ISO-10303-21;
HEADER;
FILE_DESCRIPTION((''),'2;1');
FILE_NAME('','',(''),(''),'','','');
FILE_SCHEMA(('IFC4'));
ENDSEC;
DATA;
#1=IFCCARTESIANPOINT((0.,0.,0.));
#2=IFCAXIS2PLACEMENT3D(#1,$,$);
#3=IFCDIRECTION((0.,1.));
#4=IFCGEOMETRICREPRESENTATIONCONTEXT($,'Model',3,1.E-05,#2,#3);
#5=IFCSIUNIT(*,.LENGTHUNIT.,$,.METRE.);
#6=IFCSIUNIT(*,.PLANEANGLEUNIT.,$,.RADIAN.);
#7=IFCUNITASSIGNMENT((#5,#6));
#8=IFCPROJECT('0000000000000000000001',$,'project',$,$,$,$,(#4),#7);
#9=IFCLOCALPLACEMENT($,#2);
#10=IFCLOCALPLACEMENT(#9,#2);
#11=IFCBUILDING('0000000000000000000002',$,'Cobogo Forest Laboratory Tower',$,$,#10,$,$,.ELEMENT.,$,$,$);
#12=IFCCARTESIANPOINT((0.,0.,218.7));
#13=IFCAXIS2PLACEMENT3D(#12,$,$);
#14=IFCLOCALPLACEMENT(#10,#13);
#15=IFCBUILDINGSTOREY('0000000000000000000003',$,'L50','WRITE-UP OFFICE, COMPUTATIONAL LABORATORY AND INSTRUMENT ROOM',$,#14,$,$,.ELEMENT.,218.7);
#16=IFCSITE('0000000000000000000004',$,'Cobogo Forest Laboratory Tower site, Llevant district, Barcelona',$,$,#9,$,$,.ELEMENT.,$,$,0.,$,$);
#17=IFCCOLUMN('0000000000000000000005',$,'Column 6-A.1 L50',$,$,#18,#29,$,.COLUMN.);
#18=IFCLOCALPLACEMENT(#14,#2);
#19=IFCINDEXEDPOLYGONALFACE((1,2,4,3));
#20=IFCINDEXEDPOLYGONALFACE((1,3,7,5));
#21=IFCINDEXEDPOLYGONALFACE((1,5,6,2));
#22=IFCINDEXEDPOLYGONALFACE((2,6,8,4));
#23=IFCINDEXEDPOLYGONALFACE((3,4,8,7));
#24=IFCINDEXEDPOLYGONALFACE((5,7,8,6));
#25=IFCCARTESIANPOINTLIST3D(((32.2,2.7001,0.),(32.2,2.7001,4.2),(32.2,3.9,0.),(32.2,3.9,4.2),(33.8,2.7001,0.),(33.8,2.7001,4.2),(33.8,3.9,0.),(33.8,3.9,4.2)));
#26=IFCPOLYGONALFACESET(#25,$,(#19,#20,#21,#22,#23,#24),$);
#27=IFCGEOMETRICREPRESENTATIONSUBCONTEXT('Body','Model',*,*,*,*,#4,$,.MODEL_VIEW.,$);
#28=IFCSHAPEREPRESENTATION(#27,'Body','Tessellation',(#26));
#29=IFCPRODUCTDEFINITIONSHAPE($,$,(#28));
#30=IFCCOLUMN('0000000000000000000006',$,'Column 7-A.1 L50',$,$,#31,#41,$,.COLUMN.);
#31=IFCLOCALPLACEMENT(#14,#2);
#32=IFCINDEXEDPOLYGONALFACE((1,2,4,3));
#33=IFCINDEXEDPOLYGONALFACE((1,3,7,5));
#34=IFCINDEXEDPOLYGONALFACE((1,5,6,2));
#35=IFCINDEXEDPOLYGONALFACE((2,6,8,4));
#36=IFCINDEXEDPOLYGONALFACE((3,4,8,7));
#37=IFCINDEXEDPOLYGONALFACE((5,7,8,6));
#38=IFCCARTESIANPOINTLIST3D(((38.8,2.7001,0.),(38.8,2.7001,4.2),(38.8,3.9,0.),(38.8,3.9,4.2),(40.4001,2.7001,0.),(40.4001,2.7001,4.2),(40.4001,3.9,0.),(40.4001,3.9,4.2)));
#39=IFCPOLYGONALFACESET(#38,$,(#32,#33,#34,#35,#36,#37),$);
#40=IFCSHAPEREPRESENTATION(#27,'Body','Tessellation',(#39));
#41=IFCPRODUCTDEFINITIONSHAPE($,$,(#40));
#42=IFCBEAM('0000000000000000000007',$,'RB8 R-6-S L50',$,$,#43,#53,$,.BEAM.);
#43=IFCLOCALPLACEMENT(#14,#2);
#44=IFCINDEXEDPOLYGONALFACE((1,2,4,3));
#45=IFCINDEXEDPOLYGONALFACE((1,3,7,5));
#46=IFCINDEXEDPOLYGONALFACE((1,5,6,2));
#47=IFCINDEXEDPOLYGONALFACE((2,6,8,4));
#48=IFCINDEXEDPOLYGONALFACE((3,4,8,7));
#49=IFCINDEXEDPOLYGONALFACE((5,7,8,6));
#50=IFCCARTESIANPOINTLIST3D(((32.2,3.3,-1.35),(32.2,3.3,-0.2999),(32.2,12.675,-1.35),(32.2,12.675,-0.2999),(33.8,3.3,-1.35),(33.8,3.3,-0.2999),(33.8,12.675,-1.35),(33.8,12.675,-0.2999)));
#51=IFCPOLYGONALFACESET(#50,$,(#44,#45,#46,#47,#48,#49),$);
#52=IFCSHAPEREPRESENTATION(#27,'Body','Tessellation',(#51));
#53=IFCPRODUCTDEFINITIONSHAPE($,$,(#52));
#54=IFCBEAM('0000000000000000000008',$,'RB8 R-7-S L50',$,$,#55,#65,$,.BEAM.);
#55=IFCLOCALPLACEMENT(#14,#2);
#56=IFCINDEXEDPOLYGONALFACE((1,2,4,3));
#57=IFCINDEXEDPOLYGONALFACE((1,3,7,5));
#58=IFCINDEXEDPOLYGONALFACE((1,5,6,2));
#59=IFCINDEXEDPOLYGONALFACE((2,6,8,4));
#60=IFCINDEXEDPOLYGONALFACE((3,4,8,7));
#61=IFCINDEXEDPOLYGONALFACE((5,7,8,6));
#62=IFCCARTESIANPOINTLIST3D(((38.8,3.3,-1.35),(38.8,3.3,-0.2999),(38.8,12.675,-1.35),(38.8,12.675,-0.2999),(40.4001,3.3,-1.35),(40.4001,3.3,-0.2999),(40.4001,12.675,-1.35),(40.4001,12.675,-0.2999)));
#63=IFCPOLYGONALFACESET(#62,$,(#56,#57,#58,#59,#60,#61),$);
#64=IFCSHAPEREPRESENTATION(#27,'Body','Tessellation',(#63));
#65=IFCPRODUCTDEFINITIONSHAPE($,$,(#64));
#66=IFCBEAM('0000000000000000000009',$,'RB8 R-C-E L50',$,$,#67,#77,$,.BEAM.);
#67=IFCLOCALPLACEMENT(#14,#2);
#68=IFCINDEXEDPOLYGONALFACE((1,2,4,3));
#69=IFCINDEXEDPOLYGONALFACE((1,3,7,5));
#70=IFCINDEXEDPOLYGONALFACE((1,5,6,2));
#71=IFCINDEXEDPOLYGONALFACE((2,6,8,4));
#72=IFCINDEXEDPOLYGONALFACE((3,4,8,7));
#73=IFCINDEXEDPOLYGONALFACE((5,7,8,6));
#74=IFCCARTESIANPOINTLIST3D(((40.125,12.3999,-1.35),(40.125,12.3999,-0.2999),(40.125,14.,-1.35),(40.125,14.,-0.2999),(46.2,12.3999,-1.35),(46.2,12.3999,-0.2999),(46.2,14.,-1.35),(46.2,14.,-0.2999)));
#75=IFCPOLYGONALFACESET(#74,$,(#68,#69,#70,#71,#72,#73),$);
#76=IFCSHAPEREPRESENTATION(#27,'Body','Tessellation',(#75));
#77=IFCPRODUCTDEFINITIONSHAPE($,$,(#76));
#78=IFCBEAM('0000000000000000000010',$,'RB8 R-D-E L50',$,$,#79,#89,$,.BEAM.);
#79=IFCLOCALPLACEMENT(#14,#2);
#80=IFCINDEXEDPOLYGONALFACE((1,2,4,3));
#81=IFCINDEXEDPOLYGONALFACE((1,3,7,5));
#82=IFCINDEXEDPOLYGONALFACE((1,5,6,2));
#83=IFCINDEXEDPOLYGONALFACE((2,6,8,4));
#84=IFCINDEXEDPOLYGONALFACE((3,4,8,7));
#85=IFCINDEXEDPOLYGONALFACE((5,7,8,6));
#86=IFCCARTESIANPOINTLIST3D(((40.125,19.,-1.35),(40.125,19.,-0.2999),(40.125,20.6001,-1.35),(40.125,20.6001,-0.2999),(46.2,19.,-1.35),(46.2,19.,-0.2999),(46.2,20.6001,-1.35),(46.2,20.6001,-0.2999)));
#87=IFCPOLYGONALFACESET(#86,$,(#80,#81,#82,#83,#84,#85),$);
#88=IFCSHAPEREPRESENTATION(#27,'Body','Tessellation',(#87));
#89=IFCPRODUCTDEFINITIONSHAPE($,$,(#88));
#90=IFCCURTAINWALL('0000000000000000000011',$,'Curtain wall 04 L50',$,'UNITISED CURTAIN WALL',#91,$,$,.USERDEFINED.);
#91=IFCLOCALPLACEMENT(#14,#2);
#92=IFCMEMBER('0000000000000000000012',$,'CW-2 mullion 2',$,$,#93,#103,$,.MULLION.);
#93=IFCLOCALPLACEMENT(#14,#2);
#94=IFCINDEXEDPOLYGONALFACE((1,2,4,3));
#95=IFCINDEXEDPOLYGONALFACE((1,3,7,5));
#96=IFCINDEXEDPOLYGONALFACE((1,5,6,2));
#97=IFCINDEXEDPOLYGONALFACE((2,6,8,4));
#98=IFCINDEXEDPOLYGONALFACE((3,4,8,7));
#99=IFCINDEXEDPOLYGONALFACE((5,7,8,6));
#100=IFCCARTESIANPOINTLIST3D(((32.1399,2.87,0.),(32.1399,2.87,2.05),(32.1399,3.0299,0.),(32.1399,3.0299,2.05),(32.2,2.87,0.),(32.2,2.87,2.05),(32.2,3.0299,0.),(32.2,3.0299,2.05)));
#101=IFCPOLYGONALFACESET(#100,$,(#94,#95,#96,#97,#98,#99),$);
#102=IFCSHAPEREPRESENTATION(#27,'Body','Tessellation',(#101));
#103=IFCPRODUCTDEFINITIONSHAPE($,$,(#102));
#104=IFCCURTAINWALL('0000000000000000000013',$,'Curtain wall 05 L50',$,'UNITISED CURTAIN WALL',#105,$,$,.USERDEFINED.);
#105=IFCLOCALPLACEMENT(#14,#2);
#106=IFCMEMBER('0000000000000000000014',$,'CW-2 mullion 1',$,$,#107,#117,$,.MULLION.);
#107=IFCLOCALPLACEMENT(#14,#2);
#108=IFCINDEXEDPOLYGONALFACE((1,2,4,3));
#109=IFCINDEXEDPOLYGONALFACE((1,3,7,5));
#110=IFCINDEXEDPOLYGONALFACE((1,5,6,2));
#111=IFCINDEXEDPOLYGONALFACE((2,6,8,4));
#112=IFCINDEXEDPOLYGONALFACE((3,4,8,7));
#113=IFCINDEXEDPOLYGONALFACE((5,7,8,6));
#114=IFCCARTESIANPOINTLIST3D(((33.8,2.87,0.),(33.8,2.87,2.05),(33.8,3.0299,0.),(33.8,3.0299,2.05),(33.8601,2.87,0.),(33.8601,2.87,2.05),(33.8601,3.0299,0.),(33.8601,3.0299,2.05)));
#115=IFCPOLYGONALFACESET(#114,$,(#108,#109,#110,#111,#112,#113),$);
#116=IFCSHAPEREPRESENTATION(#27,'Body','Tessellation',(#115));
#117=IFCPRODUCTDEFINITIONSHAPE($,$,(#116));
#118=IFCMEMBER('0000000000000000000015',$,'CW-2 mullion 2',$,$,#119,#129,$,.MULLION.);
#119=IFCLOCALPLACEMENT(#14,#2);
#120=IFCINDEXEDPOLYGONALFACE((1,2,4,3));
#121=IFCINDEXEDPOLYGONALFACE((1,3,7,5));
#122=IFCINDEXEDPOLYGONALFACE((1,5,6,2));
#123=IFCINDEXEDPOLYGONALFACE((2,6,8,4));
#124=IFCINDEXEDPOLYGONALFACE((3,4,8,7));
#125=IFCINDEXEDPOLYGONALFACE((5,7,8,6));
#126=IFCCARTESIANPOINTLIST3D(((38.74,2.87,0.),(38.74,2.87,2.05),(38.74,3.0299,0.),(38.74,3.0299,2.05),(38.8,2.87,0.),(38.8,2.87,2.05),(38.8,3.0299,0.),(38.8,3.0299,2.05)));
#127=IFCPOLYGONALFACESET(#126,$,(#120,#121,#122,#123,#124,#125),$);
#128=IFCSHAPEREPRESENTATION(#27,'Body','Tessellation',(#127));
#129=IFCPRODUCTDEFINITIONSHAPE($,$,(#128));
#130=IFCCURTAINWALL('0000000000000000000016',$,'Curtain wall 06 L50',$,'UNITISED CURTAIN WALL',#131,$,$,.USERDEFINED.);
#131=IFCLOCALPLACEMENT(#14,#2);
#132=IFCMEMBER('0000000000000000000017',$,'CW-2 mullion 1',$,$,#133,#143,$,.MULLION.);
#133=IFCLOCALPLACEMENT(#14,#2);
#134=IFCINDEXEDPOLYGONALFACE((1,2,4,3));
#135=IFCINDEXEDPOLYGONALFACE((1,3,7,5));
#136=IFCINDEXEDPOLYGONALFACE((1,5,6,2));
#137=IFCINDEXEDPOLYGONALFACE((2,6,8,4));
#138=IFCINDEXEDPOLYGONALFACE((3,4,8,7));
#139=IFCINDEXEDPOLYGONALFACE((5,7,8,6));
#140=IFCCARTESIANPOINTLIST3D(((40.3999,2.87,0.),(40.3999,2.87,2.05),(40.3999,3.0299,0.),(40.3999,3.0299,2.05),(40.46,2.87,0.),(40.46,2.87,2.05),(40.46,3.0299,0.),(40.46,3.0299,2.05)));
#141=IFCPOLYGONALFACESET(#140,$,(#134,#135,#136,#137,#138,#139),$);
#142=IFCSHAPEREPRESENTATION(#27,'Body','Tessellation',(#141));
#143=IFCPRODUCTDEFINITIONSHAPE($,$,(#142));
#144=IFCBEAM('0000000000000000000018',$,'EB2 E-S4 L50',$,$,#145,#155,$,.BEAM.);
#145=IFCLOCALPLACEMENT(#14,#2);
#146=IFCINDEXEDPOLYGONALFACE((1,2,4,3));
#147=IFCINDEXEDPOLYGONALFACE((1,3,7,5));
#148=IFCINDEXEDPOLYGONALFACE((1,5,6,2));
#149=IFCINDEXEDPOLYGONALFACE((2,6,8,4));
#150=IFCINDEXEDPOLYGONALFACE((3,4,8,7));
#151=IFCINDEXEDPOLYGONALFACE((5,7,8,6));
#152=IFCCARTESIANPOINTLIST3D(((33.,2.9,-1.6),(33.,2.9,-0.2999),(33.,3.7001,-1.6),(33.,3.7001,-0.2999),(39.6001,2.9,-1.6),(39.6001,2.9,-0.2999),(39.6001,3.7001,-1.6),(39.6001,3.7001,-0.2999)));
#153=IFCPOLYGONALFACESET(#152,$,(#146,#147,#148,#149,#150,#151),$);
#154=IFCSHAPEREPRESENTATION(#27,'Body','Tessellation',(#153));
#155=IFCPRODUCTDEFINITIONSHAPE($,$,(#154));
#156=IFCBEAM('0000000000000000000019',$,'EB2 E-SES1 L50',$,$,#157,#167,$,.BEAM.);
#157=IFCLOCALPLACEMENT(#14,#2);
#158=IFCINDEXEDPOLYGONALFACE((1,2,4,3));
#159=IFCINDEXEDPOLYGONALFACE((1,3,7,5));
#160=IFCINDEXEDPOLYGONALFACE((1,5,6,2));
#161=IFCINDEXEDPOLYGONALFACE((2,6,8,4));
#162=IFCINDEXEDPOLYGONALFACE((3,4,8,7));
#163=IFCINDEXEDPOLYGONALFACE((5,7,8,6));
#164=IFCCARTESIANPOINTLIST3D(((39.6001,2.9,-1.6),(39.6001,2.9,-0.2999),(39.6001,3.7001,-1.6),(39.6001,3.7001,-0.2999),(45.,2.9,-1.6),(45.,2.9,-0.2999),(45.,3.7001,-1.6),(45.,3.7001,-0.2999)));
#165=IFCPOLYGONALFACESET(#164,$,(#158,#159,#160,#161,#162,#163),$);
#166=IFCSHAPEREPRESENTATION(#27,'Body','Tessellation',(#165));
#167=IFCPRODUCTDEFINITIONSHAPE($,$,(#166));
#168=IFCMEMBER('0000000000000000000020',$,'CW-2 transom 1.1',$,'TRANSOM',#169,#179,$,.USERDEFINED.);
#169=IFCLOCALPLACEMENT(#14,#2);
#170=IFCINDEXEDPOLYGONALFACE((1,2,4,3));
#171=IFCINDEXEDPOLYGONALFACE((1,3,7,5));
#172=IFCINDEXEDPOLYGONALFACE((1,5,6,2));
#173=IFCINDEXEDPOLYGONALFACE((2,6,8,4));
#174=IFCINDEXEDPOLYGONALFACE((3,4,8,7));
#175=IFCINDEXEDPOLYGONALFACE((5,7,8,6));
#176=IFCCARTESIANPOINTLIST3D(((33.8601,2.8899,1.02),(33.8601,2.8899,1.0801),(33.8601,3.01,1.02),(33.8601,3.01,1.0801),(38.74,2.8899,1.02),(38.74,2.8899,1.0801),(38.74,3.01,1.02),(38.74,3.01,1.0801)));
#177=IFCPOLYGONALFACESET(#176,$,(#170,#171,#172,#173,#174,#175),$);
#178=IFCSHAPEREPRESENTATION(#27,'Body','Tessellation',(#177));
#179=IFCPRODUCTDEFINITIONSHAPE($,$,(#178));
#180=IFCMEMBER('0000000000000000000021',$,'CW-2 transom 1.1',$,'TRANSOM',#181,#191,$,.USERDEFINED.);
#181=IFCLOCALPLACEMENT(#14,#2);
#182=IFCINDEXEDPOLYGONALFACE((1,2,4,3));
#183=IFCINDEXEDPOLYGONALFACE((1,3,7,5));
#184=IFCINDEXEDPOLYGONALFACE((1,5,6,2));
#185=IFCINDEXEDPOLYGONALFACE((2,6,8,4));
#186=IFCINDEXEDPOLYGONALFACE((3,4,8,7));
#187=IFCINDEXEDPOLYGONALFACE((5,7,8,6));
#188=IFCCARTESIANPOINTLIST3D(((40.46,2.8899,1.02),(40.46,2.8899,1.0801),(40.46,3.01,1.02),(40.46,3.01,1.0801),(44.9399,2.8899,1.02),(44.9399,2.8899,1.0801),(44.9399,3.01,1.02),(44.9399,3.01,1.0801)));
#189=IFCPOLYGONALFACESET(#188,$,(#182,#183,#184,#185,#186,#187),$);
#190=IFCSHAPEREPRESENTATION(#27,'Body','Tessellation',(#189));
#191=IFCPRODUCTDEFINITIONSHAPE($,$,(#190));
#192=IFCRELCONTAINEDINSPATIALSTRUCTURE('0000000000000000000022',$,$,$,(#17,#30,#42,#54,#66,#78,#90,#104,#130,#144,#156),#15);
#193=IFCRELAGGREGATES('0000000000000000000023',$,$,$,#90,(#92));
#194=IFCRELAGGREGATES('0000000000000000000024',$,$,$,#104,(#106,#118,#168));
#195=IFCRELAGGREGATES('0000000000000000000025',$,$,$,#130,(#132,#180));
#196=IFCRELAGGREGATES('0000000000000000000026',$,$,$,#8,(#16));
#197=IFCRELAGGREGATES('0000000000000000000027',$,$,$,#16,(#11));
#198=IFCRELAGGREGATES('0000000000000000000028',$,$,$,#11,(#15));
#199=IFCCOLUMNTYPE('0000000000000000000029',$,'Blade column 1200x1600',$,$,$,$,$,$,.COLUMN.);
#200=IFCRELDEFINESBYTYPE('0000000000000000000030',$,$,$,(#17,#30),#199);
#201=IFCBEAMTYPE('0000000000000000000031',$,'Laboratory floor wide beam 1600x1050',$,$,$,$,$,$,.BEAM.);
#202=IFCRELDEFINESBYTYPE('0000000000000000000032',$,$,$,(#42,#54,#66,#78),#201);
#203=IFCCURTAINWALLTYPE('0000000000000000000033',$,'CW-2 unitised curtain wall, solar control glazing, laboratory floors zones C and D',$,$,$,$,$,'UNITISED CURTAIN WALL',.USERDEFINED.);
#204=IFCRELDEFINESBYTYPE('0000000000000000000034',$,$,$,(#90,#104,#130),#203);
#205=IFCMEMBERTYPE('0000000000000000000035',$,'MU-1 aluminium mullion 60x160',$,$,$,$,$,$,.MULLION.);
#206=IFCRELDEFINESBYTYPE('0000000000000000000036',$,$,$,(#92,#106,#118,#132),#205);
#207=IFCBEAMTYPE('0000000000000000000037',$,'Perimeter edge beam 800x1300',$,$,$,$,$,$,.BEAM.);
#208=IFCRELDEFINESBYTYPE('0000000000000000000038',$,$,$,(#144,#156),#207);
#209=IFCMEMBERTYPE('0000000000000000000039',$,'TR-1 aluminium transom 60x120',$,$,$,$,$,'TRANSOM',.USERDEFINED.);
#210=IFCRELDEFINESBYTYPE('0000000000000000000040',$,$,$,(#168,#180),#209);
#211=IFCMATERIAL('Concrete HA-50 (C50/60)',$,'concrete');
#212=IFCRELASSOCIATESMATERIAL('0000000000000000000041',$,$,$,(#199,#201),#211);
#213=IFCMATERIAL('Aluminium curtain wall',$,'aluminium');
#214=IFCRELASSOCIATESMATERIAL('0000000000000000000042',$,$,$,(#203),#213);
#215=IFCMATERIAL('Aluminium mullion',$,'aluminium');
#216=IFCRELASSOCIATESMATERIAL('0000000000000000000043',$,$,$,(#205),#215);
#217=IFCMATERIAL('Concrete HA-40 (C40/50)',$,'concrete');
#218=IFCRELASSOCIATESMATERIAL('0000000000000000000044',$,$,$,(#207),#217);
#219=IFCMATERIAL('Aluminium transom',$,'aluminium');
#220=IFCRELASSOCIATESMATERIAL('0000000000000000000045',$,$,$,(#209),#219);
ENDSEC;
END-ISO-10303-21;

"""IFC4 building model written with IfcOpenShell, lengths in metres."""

from ifc_helpers import new_model, si_unit, direction, frame, origin, origin_2d, place, context, subcontext, project, spatial, rectangle, extrude, material, material_profile, profile_set, type_object, element, aggregate, save


model = new_model("IFC4")

# Units and contexts
model_context = context("Model", 3, precision=1e-05, world=origin(), true_north=direction((0.0, 1.0)))
body_context = subcontext(model_context, "Body", "Model", "MODEL_VIEW")
ifc_project = project(units=[si_unit("LENGTHUNIT", "METRE"), si_unit("PLANEANGLEUNIT", "RADIAN")], contexts=[model_context])

# Site, building, storey
site_placement = place(None, origin())
site = spatial("IfcSite", under=ifc_project, at=site_placement, Name="Cobogo Forest Laboratory Tower site, Llevant district, Barcelona", CompositionType="ELEMENT", RefElevation=0.0)
building_placement = place(site_placement, origin())
building = spatial("IfcBuilding", under=site, at=building_placement, Name="Cobogo Forest Laboratory Tower", CompositionType="ELEMENT")
storey_placement = place(building_placement, frame((0.0, 0.0, 218.7)))
storey = spatial("IfcBuildingStorey", under=building, at=storey_placement, Name="L50", Description="WRITE-UP OFFICE, COMPUTATIONAL LABORATORY AND INSTRUMENT ROOM", CompositionType="ELEMENT", Elevation=218.7)

# Columns
ifc_material_1 = material(Name="Concrete HA-50 (C50/60)", Category="concrete")
ifc_material_profile_1 = material_profile(ifc_material_1, rectangle(XDim=1.6001, YDim=1.2, at=origin_2d()), Name="RC 1200x1600")
ifc_profile_set_1 = profile_set([ifc_material_profile_1], Name="Concrete HA-50 (C50/60)")
column_type = type_object("IfcColumnType", Name="Blade column 1200x1600", PredefinedType="COLUMN", material=ifc_profile_set_1)
for number, where, z_axis, x_axis, name in (
    (1, (33.0, 3.3, 0.0), (0.0, 0.0, 1.0), (1.0, 0.0, 0.0), "Column 6-A.1 L50"),
    (2, (39.6001, 3.3, 0.0), (0.0, 0.0, 1.0), (1.0, 0.0, 0.0), "Column 7-A.1 L50"),
):
    element("IfcColumn", number, at=place(storey_placement, frame(where, z_axis=z_axis, x_axis=x_axis)), inside=storey, type_object=column_type, Name=name, PredefinedType="COLUMN", context=body_context, shape_type="SweptSolid", body=[
        extrude(rectangle(XDim=1.6001, YDim=1.2, at=origin_2d()), origin(), (0.0, 0.0, 1.0), 4.2),
    ])

# Beams
ifc_material_profile_2 = material_profile(ifc_material_1, rectangle(XDim=1.6001, YDim=1.05, at=origin_2d()), Name="RC 1600x1050")
ifc_profile_set_2 = profile_set([ifc_material_profile_2], Name="Concrete HA-50 (C50/60)")
beam_type_1 = type_object("IfcBeamType", Name="Laboratory floor wide beam 1600x1050", PredefinedType="BEAM", material=ifc_profile_set_2)
for number, where, z_axis, x_axis, name in (
    (3, (33.0, 12.675, -0.825), (0.0, -1.0, 0.0), (1.0, 0.0, 0.0), "RB8 R-6-S L50"),
    (4, (39.6001, 12.675, -0.825), (0.0, -1.0, 0.0), (1.0, 0.0, 0.0), "RB8 R-7-S L50"),
):
    element("IfcBeam", number, at=place(storey_placement, frame(where, z_axis=z_axis, x_axis=x_axis)), inside=storey, type_object=beam_type_1, Name=name, PredefinedType="BEAM", context=body_context, shape_type="SweptSolid", body=[
        extrude(rectangle(XDim=1.6001, YDim=1.05, at=origin_2d()), origin(), (0.0, 0.0, 1.0), 9.375),
    ])
for number, where, z_axis, x_axis, name in (
    (5, (40.125, 13.2, -0.825), (1.0, 0.0, 0.0), (0.0, 1.0, 0.0), "RB8 R-C-E L50"),
    (6, (40.125, 19.8, -0.825), (1.0, 0.0, 0.0), (0.0, 1.0, 0.0), "RB8 R-D-E L50"),
):
    element("IfcBeam", number, at=place(storey_placement, frame(where, z_axis=z_axis, x_axis=x_axis)), inside=storey, type_object=beam_type_1, Name=name, PredefinedType="BEAM", context=body_context, shape_type="SweptSolid", body=[
        extrude(rectangle(XDim=1.6001, YDim=1.05, at=origin_2d()), origin(), (0.0, 0.0, 1.0), 6.075),
    ])

# Curtain wall, member
ifc_material_2 = material(Name="Aluminium curtain wall", Category="aluminium")
curtain_wall_type = type_object("IfcCurtainWallType", Name="CW-2 unitised curtain wall, solar control glazing, laboratory floors zones C and D", ElementType="UNITISED CURTAIN WALL", PredefinedType="USERDEFINED", material=ifc_material_2)
curtain_wall_1_placement = place(storey_placement, origin())
curtain_wall_1 = element("IfcCurtainWall", 7, at=curtain_wall_1_placement, inside=storey, type_object=curtain_wall_type, Name="Curtain wall 04 L50", ObjectType="UNITISED CURTAIN WALL", PredefinedType="USERDEFINED")
ifc_material_3 = material(Name="Aluminium mullion", Category="aluminium")
ifc_material_profile_3 = material_profile(ifc_material_3, rectangle(XDim=0.0601, YDim=0.1599, at=origin_2d()), Name="AL 60x160")
ifc_profile_set_3 = profile_set([ifc_material_profile_3], Name="Aluminium mullion")
member_type_1 = type_object("IfcMemberType", Name="MU-1 aluminium mullion 60x160", PredefinedType="MULLION", material=ifc_profile_set_3)
member_1_placement = place(storey_placement, frame((32.1699, 2.95, 0.0), z_axis=(0.0, 0.0, 1.0), x_axis=(1.0, 0.0, 0.0)))
member_1 = element("IfcMember", 8, at=member_1_placement, type_object=member_type_1, Name="CW-2 mullion 2", PredefinedType="MULLION", context=body_context, shape_type="SweptSolid", body=[
    extrude(rectangle(XDim=0.0601, YDim=0.1599, at=origin_2d()), origin(), (0.0, 0.0, 1.0), 2.05),
])

# Curtain wall, members
curtain_wall_2_placement = place(storey_placement, origin())
curtain_wall_2 = element("IfcCurtainWall", 9, at=curtain_wall_2_placement, inside=storey, type_object=curtain_wall_type, Name="Curtain wall 05 L50", ObjectType="UNITISED CURTAIN WALL", PredefinedType="USERDEFINED")
member_2_placement = place(storey_placement, frame((33.8301, 2.95, 0.0), z_axis=(0.0, 0.0, 1.0), x_axis=(1.0, 0.0, 0.0)))
member_2 = element("IfcMember", 10, at=member_2_placement, type_object=member_type_1, Name="CW-2 mullion 1", PredefinedType="MULLION", context=body_context, shape_type="SweptSolid", body=[
    extrude(rectangle(XDim=0.0601, YDim=0.1599, at=origin_2d()), origin(), (0.0, 0.0, 1.0), 2.05),
])
member_3_placement = place(storey_placement, frame((38.77, 2.95, 0.0), z_axis=(0.0, 0.0, 1.0), x_axis=(1.0, 0.0, 0.0)))
member_3 = element("IfcMember", 11, at=member_3_placement, type_object=member_type_1, Name="CW-2 mullion 2", PredefinedType="MULLION", context=body_context, shape_type="SweptSolid", body=[
    extrude(rectangle(XDim=0.0601, YDim=0.1599, at=origin_2d()), origin(), (0.0, 0.0, 1.0), 2.05),
])

# Curtain wall, member
curtain_wall_3_placement = place(storey_placement, origin())
curtain_wall_3 = element("IfcCurtainWall", 12, at=curtain_wall_3_placement, inside=storey, type_object=curtain_wall_type, Name="Curtain wall 06 L50", ObjectType="UNITISED CURTAIN WALL", PredefinedType="USERDEFINED")
member_4_placement = place(storey_placement, frame((40.4299, 2.95, 0.0), z_axis=(0.0, 0.0, 1.0), x_axis=(1.0, 0.0, 0.0)))
member_4 = element("IfcMember", 13, at=member_4_placement, type_object=member_type_1, Name="CW-2 mullion 1", PredefinedType="MULLION", context=body_context, shape_type="SweptSolid", body=[
    extrude(rectangle(XDim=0.0601, YDim=0.1599, at=origin_2d()), origin(), (0.0, 0.0, 1.0), 2.05),
])

# Beams
ifc_material_4 = material(Name="Concrete HA-40 (C40/50)", Category="concrete")
ifc_material_profile_4 = material_profile(ifc_material_4, rectangle(XDim=0.8, YDim=1.3, at=origin_2d()), Name="RC 800x1300")
ifc_profile_set_4 = profile_set([ifc_material_profile_4], Name="Concrete HA-40 (C40/50)")
beam_type_2 = type_object("IfcBeamType", Name="Perimeter edge beam 800x1300", PredefinedType="BEAM", material=ifc_profile_set_4)
beam_1_placement = place(storey_placement, frame((33.0, 3.3, -0.95), z_axis=(1.0, 0.0, 0.0), x_axis=(0.0, 1.0, 0.0)))
element("IfcBeam", 14, at=beam_1_placement, inside=storey, type_object=beam_type_2, Name="EB2 E-S4 L50", PredefinedType="BEAM", context=body_context, shape_type="SweptSolid", body=[
    extrude(rectangle(XDim=0.8, YDim=1.3, at=origin_2d()), origin(), (0.0, 0.0, 1.0), 6.6001),
])
beam_2_placement = place(storey_placement, frame((39.6001, 3.3, -0.95), z_axis=(1.0, 0.0, 0.0), x_axis=(0.0, 1.0, 0.0)))
element("IfcBeam", 15, at=beam_2_placement, inside=storey, type_object=beam_type_2, Name="EB2 E-SES1 L50", PredefinedType="BEAM", context=body_context, shape_type="SweptSolid", body=[
    extrude(rectangle(XDim=0.8, YDim=1.3, at=origin_2d()), origin(), (0.0, 0.0, 1.0), 5.3999),
])

# Members
ifc_material_5 = material(Name="Aluminium transom", Category="aluminium")
ifc_material_profile_5 = material_profile(ifc_material_5, rectangle(XDim=0.1201, YDim=0.0601, at=origin_2d()), Name="AL 60x120")
ifc_profile_set_5 = profile_set([ifc_material_profile_5], Name="Aluminium transom")
member_type_2 = type_object("IfcMemberType", Name="TR-1 aluminium transom 60x120", ElementType="TRANSOM", PredefinedType="USERDEFINED", material=ifc_profile_set_5)
member_5_placement = place(storey_placement, frame((33.8601, 2.95, 1.05), z_axis=(1.0, 0.0, 0.0), x_axis=(0.0, 1.0, 0.0)))
member_5 = element("IfcMember", 16, at=member_5_placement, type_object=member_type_2, Name="CW-2 transom 1.1", ObjectType="TRANSOM", PredefinedType="USERDEFINED", context=body_context, shape_type="SweptSolid", body=[
    extrude(rectangle(XDim=0.1201, YDim=0.0601, at=origin_2d()), origin(), (0.0, 0.0, 1.0), 4.8799),
])
member_6_placement = place(storey_placement, frame((40.46, 2.95, 1.05), z_axis=(1.0, 0.0, 0.0), x_axis=(0.0, 1.0, 0.0)))
member_6 = element("IfcMember", 17, at=member_6_placement, type_object=member_type_2, Name="CW-2 transom 1.1", ObjectType="TRANSOM", PredefinedType="USERDEFINED", context=body_context, shape_type="SweptSolid", body=[
    extrude(rectangle(XDim=0.1201, YDim=0.0601, at=origin_2d()), origin(), (0.0, 0.0, 1.0), 4.48),
])

aggregate(curtain_wall_1, [member_1])
aggregate(curtain_wall_2, [member_2, member_3, member_5])
aggregate(curtain_wall_3, [member_4, member_6])

save(model, "model.ifc")
